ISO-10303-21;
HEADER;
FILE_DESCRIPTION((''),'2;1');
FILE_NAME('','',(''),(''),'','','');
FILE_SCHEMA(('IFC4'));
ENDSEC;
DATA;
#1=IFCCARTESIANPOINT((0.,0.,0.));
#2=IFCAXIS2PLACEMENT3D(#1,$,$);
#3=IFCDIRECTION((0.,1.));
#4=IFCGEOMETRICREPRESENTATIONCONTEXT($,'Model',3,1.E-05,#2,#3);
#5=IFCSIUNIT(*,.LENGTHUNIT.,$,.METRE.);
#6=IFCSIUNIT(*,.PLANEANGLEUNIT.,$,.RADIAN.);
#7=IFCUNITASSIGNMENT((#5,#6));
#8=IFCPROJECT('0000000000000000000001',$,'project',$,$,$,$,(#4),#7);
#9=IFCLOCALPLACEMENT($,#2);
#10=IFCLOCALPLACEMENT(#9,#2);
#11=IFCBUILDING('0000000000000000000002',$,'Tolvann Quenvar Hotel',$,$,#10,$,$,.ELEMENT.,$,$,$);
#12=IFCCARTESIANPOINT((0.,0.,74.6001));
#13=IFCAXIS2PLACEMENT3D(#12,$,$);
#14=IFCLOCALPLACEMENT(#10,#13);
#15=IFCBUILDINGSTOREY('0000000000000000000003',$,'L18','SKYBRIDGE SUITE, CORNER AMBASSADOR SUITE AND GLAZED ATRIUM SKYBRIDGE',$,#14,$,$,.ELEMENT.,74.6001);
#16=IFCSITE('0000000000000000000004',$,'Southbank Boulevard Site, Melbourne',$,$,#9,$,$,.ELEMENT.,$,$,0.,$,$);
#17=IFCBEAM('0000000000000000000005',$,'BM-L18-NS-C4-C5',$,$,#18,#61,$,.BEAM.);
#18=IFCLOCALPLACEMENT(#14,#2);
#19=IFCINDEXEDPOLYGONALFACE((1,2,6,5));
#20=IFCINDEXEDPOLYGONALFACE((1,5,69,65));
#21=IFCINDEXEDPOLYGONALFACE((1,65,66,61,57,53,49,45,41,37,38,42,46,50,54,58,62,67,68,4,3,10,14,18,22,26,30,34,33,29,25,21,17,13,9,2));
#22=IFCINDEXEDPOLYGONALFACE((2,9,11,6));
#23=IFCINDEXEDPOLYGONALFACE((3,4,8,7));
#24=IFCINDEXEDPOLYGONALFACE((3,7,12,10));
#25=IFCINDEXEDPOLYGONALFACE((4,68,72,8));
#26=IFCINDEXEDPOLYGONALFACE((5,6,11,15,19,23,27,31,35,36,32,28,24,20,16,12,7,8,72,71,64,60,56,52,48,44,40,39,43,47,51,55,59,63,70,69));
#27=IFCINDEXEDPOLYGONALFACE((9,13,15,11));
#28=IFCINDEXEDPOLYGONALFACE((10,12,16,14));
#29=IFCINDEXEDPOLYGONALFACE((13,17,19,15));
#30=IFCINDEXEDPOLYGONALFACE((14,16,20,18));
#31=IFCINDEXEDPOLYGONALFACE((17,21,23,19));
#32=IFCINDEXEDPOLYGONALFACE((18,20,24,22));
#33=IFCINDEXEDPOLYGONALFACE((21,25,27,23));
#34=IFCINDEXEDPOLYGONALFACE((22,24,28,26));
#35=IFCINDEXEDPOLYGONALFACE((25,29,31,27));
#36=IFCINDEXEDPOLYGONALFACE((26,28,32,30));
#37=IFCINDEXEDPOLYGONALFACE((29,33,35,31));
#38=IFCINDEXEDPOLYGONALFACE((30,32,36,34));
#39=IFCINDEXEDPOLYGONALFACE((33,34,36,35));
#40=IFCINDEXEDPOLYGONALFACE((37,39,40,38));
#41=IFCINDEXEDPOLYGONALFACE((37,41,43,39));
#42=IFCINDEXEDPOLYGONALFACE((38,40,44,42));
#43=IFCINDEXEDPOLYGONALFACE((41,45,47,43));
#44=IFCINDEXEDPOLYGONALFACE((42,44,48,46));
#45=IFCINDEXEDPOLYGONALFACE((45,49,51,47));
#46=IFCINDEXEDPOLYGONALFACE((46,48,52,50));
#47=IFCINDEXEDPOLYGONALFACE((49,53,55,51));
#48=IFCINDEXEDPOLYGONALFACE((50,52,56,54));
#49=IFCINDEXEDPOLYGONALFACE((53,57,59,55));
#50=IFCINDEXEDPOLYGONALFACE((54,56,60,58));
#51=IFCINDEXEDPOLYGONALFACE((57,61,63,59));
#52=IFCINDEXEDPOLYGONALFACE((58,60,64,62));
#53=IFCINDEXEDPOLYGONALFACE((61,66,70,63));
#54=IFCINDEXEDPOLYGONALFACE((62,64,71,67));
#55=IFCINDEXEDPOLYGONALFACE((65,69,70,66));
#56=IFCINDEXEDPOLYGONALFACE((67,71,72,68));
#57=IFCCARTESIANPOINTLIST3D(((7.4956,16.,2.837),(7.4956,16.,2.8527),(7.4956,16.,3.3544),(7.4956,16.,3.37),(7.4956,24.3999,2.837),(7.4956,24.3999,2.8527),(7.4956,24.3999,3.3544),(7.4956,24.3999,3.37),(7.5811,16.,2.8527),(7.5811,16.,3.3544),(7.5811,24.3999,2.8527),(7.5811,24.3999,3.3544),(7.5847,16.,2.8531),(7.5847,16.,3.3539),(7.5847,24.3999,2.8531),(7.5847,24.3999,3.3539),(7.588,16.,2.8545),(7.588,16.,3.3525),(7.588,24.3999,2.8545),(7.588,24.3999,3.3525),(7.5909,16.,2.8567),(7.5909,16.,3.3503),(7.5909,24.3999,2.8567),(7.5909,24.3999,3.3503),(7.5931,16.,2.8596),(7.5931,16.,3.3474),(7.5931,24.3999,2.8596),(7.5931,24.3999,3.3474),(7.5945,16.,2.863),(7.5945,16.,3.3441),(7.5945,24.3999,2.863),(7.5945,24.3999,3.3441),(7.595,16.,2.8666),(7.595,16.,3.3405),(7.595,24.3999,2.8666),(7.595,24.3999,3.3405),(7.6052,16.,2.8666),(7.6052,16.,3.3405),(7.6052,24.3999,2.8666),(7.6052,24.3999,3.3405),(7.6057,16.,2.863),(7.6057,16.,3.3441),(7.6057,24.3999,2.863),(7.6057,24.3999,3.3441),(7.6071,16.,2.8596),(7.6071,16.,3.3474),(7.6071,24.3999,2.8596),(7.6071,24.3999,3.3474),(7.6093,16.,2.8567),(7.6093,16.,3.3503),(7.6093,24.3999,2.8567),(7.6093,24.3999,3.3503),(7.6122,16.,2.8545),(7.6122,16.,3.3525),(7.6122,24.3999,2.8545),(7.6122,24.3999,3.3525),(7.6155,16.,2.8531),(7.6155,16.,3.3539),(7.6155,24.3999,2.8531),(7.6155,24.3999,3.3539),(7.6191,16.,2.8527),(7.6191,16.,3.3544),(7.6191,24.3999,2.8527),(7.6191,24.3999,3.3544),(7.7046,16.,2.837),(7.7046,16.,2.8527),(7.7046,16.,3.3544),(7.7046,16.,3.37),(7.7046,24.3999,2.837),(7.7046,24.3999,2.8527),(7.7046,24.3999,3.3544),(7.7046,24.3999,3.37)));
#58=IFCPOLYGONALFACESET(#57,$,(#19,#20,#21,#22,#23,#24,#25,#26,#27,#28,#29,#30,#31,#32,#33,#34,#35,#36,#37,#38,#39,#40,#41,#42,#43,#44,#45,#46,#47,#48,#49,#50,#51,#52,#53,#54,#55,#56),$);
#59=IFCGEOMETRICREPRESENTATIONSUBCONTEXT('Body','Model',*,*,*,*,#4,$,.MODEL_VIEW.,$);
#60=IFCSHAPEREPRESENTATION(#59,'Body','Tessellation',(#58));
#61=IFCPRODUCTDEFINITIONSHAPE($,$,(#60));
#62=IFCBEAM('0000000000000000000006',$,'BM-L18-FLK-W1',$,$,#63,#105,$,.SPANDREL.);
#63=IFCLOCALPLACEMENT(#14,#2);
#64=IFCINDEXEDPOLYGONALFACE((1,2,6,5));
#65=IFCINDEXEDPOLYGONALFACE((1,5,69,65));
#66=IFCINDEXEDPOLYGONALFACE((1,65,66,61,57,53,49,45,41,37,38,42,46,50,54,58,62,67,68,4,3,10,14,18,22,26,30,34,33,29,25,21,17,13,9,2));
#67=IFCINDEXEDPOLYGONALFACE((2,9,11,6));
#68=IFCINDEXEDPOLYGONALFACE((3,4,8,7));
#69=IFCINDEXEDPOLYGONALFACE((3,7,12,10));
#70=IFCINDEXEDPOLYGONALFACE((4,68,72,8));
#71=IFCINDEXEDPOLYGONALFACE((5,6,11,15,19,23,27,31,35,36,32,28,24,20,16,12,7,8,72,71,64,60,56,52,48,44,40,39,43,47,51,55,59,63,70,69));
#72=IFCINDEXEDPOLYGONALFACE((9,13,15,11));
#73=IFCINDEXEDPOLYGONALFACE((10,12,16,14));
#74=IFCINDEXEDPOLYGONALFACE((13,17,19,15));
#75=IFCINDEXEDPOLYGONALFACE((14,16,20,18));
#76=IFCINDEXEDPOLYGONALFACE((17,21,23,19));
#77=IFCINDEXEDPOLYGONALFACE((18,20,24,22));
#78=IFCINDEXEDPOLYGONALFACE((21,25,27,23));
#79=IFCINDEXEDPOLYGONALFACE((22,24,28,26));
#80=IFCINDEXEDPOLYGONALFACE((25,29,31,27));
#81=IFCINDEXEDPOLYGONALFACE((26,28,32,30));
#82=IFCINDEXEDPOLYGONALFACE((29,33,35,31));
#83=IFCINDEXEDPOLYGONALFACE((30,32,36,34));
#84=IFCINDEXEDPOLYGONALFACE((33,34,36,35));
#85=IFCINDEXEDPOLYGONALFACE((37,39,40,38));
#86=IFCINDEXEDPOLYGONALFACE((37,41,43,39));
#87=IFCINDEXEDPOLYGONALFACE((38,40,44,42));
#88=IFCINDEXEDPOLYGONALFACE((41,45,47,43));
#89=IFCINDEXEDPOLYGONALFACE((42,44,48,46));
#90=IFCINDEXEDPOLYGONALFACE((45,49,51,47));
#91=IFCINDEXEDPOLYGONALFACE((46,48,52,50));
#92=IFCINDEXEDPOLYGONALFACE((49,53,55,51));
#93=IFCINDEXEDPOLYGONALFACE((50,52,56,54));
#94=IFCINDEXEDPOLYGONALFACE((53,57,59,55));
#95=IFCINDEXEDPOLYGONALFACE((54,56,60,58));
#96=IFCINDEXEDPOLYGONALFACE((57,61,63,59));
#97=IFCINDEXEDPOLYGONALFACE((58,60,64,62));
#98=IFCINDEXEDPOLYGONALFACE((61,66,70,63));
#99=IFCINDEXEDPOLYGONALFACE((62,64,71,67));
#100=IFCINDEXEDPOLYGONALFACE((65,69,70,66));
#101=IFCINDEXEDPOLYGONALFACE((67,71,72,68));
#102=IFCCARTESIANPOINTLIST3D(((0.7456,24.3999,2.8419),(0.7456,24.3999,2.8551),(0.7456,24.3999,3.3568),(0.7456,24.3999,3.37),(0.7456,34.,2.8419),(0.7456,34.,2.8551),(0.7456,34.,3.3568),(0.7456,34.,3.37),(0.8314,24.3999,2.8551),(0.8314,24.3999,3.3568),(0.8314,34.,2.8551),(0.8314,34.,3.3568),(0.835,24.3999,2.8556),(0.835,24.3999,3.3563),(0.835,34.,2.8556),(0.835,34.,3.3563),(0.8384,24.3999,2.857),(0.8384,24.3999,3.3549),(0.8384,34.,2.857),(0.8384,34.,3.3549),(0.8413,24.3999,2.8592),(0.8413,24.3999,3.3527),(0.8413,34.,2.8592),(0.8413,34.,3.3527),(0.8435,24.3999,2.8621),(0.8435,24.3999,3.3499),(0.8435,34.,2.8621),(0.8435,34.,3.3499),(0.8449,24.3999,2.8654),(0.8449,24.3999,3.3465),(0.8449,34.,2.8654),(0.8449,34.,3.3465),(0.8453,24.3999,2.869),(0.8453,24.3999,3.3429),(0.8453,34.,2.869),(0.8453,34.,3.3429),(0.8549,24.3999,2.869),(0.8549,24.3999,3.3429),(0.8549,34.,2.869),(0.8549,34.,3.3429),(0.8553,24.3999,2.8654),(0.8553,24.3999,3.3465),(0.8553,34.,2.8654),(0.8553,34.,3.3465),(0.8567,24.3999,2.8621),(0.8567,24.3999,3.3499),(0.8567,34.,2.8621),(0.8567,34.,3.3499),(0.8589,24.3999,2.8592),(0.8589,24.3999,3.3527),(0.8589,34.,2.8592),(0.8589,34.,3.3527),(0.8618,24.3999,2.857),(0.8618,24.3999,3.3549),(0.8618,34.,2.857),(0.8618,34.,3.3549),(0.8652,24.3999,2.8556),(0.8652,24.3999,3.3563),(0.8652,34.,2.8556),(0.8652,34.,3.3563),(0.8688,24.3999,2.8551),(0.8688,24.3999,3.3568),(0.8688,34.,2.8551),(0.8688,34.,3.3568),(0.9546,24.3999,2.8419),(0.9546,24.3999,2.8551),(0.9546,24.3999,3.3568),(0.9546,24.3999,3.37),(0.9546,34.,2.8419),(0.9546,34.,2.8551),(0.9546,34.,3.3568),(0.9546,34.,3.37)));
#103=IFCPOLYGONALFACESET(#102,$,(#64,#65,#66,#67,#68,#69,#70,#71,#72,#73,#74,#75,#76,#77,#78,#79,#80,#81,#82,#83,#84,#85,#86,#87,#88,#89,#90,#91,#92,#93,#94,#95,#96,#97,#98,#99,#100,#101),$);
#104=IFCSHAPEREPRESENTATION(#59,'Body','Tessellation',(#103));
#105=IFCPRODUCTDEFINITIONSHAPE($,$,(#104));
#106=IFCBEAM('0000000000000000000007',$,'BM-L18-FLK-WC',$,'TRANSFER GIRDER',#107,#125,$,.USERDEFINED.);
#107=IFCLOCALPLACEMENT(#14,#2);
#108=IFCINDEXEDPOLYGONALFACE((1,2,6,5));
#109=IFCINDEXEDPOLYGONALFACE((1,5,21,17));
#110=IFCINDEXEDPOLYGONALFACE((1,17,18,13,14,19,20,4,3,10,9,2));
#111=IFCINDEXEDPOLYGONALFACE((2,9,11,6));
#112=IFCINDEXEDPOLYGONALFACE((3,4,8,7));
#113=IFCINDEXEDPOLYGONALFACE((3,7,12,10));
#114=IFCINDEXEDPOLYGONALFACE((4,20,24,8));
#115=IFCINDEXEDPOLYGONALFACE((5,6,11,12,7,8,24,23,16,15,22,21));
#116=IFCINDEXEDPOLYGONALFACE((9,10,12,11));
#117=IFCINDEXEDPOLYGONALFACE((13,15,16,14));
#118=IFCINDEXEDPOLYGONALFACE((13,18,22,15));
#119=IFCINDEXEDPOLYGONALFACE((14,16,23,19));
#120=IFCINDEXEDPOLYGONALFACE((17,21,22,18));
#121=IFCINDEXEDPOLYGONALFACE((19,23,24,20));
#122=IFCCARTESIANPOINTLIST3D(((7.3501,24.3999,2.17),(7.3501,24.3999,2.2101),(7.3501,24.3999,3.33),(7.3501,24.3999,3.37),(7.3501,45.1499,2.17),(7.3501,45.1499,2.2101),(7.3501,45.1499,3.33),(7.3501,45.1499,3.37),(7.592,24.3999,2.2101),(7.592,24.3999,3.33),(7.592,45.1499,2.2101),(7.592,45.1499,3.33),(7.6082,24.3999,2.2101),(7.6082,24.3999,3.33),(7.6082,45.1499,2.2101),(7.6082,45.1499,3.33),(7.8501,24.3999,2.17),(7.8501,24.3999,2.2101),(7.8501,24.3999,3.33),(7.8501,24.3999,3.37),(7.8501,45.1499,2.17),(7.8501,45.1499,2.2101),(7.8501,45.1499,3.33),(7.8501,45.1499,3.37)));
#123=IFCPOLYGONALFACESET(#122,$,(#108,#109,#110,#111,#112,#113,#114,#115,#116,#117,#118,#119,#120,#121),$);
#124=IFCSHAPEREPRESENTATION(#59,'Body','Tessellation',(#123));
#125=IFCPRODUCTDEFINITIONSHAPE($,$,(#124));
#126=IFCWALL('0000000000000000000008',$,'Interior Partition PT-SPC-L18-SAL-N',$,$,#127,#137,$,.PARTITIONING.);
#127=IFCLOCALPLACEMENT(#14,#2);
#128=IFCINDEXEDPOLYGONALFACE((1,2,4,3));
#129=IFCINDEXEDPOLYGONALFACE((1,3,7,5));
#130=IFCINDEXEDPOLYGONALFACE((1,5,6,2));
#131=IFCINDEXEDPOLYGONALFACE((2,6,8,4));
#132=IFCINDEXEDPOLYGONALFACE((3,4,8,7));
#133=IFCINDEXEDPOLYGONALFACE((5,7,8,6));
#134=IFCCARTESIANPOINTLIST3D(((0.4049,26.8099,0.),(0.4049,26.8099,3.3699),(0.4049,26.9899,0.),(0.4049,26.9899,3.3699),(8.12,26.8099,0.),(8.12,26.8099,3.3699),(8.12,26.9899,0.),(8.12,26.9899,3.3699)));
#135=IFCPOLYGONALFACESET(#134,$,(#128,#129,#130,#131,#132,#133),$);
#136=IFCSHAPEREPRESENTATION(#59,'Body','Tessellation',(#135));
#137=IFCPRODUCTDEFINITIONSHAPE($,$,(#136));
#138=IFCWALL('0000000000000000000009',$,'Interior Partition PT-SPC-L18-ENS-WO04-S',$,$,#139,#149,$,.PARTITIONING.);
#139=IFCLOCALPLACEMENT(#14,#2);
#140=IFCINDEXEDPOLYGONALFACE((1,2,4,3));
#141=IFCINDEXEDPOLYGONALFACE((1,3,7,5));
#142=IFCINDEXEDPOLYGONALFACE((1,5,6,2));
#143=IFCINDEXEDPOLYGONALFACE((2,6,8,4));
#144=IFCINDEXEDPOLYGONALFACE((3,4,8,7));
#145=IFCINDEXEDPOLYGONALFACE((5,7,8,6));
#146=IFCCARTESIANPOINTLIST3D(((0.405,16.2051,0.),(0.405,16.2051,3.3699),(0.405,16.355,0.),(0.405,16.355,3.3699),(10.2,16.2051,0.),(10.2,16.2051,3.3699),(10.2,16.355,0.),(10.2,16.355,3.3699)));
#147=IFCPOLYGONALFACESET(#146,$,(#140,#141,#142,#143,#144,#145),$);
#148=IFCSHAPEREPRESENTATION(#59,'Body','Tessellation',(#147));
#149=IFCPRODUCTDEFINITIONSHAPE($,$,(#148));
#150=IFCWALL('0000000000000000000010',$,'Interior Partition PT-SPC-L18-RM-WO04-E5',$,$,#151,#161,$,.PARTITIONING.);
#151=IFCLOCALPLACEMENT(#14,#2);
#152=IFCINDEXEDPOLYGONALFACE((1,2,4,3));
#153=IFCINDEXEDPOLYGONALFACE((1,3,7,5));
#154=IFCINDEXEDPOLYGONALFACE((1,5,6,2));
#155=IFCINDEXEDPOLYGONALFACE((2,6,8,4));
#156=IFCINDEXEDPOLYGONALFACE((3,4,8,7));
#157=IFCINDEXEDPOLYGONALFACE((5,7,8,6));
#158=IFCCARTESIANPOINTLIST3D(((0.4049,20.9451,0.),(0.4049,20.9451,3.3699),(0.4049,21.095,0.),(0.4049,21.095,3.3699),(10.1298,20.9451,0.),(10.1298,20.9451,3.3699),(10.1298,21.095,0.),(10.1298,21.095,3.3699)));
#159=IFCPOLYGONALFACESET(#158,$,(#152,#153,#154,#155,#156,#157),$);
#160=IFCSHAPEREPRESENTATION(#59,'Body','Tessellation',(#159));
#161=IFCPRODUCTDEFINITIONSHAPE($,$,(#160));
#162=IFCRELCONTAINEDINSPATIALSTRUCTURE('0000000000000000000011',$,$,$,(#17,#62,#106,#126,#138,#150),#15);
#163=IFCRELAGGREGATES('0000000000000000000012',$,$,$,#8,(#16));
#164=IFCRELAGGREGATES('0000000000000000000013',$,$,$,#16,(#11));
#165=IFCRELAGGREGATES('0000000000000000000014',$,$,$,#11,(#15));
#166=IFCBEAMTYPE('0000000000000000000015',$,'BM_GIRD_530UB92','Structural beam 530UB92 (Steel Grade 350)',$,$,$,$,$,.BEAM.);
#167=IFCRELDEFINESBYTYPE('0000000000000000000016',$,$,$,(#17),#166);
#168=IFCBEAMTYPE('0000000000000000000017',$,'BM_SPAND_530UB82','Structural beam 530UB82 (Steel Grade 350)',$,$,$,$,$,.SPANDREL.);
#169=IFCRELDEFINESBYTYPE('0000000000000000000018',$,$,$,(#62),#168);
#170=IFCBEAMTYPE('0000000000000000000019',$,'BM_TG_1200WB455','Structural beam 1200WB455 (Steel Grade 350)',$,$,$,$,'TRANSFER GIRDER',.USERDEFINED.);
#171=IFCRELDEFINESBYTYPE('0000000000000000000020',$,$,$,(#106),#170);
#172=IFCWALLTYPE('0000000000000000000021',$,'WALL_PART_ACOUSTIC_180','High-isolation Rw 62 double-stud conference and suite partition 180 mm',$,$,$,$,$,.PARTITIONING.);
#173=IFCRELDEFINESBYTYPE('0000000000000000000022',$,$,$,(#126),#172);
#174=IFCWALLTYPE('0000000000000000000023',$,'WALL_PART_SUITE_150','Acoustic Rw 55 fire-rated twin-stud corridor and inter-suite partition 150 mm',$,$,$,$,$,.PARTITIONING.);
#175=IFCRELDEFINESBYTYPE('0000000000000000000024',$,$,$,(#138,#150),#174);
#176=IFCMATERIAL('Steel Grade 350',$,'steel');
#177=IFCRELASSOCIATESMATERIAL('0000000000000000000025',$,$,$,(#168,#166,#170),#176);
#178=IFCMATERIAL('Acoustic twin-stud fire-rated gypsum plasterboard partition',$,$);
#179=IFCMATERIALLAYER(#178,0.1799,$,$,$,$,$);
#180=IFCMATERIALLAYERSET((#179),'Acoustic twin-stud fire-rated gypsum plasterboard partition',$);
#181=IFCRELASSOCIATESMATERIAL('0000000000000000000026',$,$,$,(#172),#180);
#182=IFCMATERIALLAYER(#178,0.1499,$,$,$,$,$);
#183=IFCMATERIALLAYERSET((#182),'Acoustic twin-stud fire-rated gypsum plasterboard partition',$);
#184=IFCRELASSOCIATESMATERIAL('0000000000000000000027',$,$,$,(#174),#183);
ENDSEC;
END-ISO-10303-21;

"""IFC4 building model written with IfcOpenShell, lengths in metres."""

from ifc_helpers import new_model, si_unit, direction, frame, frame_2d, origin, origin_2d, place, context, subcontext, project, spatial, rectangle, i_section, extrude, source, transform, mapped, material, layer, layer_set, material_profile, profile_set, type_object, type_shapes, element, save


model = new_model("IFC4")

# Units and contexts
model_context = context("Model", 3, precision=1e-05, world=origin(), true_north=direction((0.0, 1.0)))
body_context = subcontext(model_context, "Body", "Model", "MODEL_VIEW")
ifc_project = project(units=[si_unit("LENGTHUNIT", "METRE"), si_unit("PLANEANGLEUNIT", "RADIAN")], contexts=[model_context])

# Site, building, storey
site_placement = place(None, origin())
site = spatial("IfcSite", under=ifc_project, at=site_placement, Name="Southbank Boulevard Site, Melbourne", CompositionType="ELEMENT", RefElevation=0.0)
building_placement = place(site_placement, origin())
building = spatial("IfcBuilding", under=site, at=building_placement, Name="Tolvann Quenvar Hotel", CompositionType="ELEMENT")
storey_placement = place(building_placement, frame((0.0, 0.0, 74.6001)))
storey = spatial("IfcBuildingStorey", under=building, at=storey_placement, Name="L18", Description="SKYBRIDGE SUITE, CORNER AMBASSADOR SUITE AND GLAZED ATRIUM SKYBRIDGE", CompositionType="ELEMENT", Elevation=74.6001)

# Shared definitions
ifc_material_1 = material(Name="Steel Grade 350", Category="steel")

# Beams
ifc_material_profile_1 = material_profile(ifc_material_1, i_section(OverallWidth=0.209, OverallDepth=0.5281, WebThickness=0.0095, FlangeThickness=0.0132, FilletRadius=0.0139, at=origin_2d()), Name="530UB82")
ifc_profile_set_1 = profile_set([ifc_material_profile_1], Name="Steel Grade 350")
beam_type_1 = type_object("IfcBeamType", Name="BM_SPAND_530UB82", Description="Structural beam 530UB82 (Steel Grade 350)", PredefinedType="SPANDREL", material=ifc_profile_set_1)
ifc_material_profile_2 = material_profile(ifc_material_1, i_section(OverallWidth=0.209, OverallDepth=0.533, WebThickness=0.0103, FlangeThickness=0.0156, FilletRadius=0.0139, at=origin_2d()), Name="530UB92")
ifc_profile_set_2 = profile_set([ifc_material_profile_2], Name="Steel Grade 350")
beam_type_2 = type_object("IfcBeamType", Name="BM_GIRD_530UB92", Description="Structural beam 530UB92 (Steel Grade 350)", PredefinedType="BEAM", material=ifc_profile_set_2)
shared_shape_1 = source(origin(), body_context, "Body", "SweptSolid", [
    extrude(i_section(OverallWidth=0.209, OverallDepth=0.533, WebThickness=0.0103, FlangeThickness=0.0156, FilletRadius=0.0139, at=origin_2d()), origin(), (0.0, 0.0, 1.0), 8.3999),
])
type_shapes(beam_type_2, [shared_shape_1])
beam_1_placement = place(storey_placement, frame((7.6001, 16.0, 3.1035), z_axis=(0.0, 1.0, 0.0), x_axis=(-1.0, 0.0, 0.0)))
element("IfcBeam", 1, at=beam_1_placement, inside=storey, type_object=beam_type_2, Name="BM-L18-NS-C4-C5", PredefinedType="BEAM", context=body_context, shape_type="MappedRepresentation", body=[
    mapped(shared_shape_1, transform((0.0, 0.0, 0.0), x_axis=(1.0, 0.0, 0.0), y_axis=(0.0, 1.0, 0.0), z_axis=(0.0, 0.0, 1.0), scale=1.0)),
])
shared_shape_2 = source(origin(), body_context, "Body", "SweptSolid", [
    extrude(i_section(OverallWidth=0.209, OverallDepth=0.5281, WebThickness=0.0095, FlangeThickness=0.0132, FilletRadius=0.0139, at=origin_2d()), origin(), (0.0, 0.0, 1.0), 9.6001),
])
beam_2_placement = place(storey_placement, frame((0.8501, 24.3999, 3.106), z_axis=(0.0, 1.0, 0.0), x_axis=(-1.0, 0.0, 0.0)))
element("IfcBeam", 2, at=beam_2_placement, inside=storey, type_object=beam_type_1, Name="BM-L18-FLK-W1", PredefinedType="SPANDREL", context=body_context, shape_type="MappedRepresentation", body=[
    mapped(shared_shape_2, transform((0.0, 0.0, 0.0), x_axis=(1.0, 0.0, 0.0), y_axis=(0.0, 1.0, 0.0), z_axis=(0.0, 0.0, 1.0), scale=1.0)),
])
ifc_material_profile_3 = material_profile(ifc_material_1, i_section(OverallWidth=0.5, OverallDepth=1.2, WebThickness=0.0161, FlangeThickness=0.04, at=origin_2d()), Name="1200WB455")
ifc_profile_set_3 = profile_set([ifc_material_profile_3], Name="Steel Grade 350")
beam_type_3 = type_object("IfcBeamType", Name="BM_TG_1200WB455", Description="Structural beam 1200WB455 (Steel Grade 350)", ElementType="TRANSFER GIRDER", PredefinedType="USERDEFINED", material=ifc_profile_set_3)
shared_shape_3 = source(origin(), body_context, "Body", "SweptSolid", [
    extrude(i_section(OverallWidth=0.5, OverallDepth=1.2, WebThickness=0.0161, FlangeThickness=0.04, at=origin_2d()), origin(), (0.0, 0.0, 1.0), 20.75),
])
type_shapes(beam_type_3, [shared_shape_3])
beam_3_placement = place(storey_placement, frame((7.6001, 24.3999, 2.77), z_axis=(0.0, 1.0, 0.0), x_axis=(-1.0, 0.0, 0.0)))
element("IfcBeam", 3, at=beam_3_placement, inside=storey, type_object=beam_type_3, Name="BM-L18-FLK-WC", ObjectType="TRANSFER GIRDER", PredefinedType="USERDEFINED", context=body_context, shape_type="MappedRepresentation", body=[
    mapped(shared_shape_3, transform((0.0, 0.0, 0.0), x_axis=(1.0, 0.0, 0.0), y_axis=(0.0, 1.0, 0.0), z_axis=(0.0, 0.0, 1.0), scale=1.0)),
])

# Shared definitions
ifc_material_2 = material(Name="Acoustic twin-stud fire-rated gypsum plasterboard partition")
ifc_layer_1 = layer(ifc_material_2, 0.1799)
ifc_layer_set_1 = layer_set([ifc_layer_1], Name="Acoustic twin-stud fire-rated gypsum plasterboard partition")
wall_type_1 = type_object("IfcWallType", Name="WALL_PART_ACOUSTIC_180", Description="High-isolation Rw 62 double-stud conference and suite partition 180 mm", PredefinedType="PARTITIONING", material=ifc_layer_set_1)

# Walls
wall_1_placement = place(storey_placement, frame((0.405, 26.8999, 0.0), z_axis=(0.0, 0.0, 1.0), x_axis=(1.0, 0.0, 0.0)))
element("IfcWall", 4, at=wall_1_placement, inside=storey, type_object=wall_type_1, Name="Interior Partition PT-SPC-L18-SAL-N", PredefinedType="PARTITIONING", context=body_context, shape_type="SweptSolid", body=[
    extrude(rectangle(XDim=7.7151, YDim=0.1799, at=frame_2d((3.8574, 0.0))), origin(), (0.0, 0.0, 1.0), 3.3699),
])
ifc_layer_2 = layer(ifc_material_2, 0.1499)
ifc_layer_set_2 = layer_set([ifc_layer_2], Name="Acoustic twin-stud fire-rated gypsum plasterboard partition")
wall_type_2 = type_object("IfcWallType", Name="WALL_PART_SUITE_150", Description="Acoustic Rw 55 fire-rated twin-stud corridor and inter-suite partition 150 mm", PredefinedType="PARTITIONING", material=ifc_layer_set_2)
wall_2_placement = place(storey_placement, frame((0.405, 16.28, 0.0), z_axis=(0.0, 0.0, 1.0), x_axis=(1.0, 0.0, 0.0)))
element("IfcWall", 5, at=wall_2_placement, inside=storey, type_object=wall_type_2, Name="Interior Partition PT-SPC-L18-ENS-WO04-S", PredefinedType="PARTITIONING", context=body_context, shape_type="SweptSolid", body=[
    extrude(rectangle(XDim=9.7949, YDim=0.1499, at=frame_2d((4.8975, 0.0))), origin(), (0.0, 0.0, 1.0), 3.3699),
])
wall_3_placement = place(storey_placement, frame((0.405, 21.02, 0.0), z_axis=(0.0, 0.0, 1.0), x_axis=(1.0, 0.0, 0.0)))
element("IfcWall", 6, at=wall_3_placement, inside=storey, type_object=wall_type_2, Name="Interior Partition PT-SPC-L18-RM-WO04-E5", PredefinedType="PARTITIONING", context=body_context, shape_type="SweptSolid", body=[
    extrude(rectangle(XDim=9.7249, YDim=0.1499, at=frame_2d((4.8623, 0.0))), origin(), (0.0, 0.0, 1.0), 3.3699),
])

save(model, "model.ifc")
